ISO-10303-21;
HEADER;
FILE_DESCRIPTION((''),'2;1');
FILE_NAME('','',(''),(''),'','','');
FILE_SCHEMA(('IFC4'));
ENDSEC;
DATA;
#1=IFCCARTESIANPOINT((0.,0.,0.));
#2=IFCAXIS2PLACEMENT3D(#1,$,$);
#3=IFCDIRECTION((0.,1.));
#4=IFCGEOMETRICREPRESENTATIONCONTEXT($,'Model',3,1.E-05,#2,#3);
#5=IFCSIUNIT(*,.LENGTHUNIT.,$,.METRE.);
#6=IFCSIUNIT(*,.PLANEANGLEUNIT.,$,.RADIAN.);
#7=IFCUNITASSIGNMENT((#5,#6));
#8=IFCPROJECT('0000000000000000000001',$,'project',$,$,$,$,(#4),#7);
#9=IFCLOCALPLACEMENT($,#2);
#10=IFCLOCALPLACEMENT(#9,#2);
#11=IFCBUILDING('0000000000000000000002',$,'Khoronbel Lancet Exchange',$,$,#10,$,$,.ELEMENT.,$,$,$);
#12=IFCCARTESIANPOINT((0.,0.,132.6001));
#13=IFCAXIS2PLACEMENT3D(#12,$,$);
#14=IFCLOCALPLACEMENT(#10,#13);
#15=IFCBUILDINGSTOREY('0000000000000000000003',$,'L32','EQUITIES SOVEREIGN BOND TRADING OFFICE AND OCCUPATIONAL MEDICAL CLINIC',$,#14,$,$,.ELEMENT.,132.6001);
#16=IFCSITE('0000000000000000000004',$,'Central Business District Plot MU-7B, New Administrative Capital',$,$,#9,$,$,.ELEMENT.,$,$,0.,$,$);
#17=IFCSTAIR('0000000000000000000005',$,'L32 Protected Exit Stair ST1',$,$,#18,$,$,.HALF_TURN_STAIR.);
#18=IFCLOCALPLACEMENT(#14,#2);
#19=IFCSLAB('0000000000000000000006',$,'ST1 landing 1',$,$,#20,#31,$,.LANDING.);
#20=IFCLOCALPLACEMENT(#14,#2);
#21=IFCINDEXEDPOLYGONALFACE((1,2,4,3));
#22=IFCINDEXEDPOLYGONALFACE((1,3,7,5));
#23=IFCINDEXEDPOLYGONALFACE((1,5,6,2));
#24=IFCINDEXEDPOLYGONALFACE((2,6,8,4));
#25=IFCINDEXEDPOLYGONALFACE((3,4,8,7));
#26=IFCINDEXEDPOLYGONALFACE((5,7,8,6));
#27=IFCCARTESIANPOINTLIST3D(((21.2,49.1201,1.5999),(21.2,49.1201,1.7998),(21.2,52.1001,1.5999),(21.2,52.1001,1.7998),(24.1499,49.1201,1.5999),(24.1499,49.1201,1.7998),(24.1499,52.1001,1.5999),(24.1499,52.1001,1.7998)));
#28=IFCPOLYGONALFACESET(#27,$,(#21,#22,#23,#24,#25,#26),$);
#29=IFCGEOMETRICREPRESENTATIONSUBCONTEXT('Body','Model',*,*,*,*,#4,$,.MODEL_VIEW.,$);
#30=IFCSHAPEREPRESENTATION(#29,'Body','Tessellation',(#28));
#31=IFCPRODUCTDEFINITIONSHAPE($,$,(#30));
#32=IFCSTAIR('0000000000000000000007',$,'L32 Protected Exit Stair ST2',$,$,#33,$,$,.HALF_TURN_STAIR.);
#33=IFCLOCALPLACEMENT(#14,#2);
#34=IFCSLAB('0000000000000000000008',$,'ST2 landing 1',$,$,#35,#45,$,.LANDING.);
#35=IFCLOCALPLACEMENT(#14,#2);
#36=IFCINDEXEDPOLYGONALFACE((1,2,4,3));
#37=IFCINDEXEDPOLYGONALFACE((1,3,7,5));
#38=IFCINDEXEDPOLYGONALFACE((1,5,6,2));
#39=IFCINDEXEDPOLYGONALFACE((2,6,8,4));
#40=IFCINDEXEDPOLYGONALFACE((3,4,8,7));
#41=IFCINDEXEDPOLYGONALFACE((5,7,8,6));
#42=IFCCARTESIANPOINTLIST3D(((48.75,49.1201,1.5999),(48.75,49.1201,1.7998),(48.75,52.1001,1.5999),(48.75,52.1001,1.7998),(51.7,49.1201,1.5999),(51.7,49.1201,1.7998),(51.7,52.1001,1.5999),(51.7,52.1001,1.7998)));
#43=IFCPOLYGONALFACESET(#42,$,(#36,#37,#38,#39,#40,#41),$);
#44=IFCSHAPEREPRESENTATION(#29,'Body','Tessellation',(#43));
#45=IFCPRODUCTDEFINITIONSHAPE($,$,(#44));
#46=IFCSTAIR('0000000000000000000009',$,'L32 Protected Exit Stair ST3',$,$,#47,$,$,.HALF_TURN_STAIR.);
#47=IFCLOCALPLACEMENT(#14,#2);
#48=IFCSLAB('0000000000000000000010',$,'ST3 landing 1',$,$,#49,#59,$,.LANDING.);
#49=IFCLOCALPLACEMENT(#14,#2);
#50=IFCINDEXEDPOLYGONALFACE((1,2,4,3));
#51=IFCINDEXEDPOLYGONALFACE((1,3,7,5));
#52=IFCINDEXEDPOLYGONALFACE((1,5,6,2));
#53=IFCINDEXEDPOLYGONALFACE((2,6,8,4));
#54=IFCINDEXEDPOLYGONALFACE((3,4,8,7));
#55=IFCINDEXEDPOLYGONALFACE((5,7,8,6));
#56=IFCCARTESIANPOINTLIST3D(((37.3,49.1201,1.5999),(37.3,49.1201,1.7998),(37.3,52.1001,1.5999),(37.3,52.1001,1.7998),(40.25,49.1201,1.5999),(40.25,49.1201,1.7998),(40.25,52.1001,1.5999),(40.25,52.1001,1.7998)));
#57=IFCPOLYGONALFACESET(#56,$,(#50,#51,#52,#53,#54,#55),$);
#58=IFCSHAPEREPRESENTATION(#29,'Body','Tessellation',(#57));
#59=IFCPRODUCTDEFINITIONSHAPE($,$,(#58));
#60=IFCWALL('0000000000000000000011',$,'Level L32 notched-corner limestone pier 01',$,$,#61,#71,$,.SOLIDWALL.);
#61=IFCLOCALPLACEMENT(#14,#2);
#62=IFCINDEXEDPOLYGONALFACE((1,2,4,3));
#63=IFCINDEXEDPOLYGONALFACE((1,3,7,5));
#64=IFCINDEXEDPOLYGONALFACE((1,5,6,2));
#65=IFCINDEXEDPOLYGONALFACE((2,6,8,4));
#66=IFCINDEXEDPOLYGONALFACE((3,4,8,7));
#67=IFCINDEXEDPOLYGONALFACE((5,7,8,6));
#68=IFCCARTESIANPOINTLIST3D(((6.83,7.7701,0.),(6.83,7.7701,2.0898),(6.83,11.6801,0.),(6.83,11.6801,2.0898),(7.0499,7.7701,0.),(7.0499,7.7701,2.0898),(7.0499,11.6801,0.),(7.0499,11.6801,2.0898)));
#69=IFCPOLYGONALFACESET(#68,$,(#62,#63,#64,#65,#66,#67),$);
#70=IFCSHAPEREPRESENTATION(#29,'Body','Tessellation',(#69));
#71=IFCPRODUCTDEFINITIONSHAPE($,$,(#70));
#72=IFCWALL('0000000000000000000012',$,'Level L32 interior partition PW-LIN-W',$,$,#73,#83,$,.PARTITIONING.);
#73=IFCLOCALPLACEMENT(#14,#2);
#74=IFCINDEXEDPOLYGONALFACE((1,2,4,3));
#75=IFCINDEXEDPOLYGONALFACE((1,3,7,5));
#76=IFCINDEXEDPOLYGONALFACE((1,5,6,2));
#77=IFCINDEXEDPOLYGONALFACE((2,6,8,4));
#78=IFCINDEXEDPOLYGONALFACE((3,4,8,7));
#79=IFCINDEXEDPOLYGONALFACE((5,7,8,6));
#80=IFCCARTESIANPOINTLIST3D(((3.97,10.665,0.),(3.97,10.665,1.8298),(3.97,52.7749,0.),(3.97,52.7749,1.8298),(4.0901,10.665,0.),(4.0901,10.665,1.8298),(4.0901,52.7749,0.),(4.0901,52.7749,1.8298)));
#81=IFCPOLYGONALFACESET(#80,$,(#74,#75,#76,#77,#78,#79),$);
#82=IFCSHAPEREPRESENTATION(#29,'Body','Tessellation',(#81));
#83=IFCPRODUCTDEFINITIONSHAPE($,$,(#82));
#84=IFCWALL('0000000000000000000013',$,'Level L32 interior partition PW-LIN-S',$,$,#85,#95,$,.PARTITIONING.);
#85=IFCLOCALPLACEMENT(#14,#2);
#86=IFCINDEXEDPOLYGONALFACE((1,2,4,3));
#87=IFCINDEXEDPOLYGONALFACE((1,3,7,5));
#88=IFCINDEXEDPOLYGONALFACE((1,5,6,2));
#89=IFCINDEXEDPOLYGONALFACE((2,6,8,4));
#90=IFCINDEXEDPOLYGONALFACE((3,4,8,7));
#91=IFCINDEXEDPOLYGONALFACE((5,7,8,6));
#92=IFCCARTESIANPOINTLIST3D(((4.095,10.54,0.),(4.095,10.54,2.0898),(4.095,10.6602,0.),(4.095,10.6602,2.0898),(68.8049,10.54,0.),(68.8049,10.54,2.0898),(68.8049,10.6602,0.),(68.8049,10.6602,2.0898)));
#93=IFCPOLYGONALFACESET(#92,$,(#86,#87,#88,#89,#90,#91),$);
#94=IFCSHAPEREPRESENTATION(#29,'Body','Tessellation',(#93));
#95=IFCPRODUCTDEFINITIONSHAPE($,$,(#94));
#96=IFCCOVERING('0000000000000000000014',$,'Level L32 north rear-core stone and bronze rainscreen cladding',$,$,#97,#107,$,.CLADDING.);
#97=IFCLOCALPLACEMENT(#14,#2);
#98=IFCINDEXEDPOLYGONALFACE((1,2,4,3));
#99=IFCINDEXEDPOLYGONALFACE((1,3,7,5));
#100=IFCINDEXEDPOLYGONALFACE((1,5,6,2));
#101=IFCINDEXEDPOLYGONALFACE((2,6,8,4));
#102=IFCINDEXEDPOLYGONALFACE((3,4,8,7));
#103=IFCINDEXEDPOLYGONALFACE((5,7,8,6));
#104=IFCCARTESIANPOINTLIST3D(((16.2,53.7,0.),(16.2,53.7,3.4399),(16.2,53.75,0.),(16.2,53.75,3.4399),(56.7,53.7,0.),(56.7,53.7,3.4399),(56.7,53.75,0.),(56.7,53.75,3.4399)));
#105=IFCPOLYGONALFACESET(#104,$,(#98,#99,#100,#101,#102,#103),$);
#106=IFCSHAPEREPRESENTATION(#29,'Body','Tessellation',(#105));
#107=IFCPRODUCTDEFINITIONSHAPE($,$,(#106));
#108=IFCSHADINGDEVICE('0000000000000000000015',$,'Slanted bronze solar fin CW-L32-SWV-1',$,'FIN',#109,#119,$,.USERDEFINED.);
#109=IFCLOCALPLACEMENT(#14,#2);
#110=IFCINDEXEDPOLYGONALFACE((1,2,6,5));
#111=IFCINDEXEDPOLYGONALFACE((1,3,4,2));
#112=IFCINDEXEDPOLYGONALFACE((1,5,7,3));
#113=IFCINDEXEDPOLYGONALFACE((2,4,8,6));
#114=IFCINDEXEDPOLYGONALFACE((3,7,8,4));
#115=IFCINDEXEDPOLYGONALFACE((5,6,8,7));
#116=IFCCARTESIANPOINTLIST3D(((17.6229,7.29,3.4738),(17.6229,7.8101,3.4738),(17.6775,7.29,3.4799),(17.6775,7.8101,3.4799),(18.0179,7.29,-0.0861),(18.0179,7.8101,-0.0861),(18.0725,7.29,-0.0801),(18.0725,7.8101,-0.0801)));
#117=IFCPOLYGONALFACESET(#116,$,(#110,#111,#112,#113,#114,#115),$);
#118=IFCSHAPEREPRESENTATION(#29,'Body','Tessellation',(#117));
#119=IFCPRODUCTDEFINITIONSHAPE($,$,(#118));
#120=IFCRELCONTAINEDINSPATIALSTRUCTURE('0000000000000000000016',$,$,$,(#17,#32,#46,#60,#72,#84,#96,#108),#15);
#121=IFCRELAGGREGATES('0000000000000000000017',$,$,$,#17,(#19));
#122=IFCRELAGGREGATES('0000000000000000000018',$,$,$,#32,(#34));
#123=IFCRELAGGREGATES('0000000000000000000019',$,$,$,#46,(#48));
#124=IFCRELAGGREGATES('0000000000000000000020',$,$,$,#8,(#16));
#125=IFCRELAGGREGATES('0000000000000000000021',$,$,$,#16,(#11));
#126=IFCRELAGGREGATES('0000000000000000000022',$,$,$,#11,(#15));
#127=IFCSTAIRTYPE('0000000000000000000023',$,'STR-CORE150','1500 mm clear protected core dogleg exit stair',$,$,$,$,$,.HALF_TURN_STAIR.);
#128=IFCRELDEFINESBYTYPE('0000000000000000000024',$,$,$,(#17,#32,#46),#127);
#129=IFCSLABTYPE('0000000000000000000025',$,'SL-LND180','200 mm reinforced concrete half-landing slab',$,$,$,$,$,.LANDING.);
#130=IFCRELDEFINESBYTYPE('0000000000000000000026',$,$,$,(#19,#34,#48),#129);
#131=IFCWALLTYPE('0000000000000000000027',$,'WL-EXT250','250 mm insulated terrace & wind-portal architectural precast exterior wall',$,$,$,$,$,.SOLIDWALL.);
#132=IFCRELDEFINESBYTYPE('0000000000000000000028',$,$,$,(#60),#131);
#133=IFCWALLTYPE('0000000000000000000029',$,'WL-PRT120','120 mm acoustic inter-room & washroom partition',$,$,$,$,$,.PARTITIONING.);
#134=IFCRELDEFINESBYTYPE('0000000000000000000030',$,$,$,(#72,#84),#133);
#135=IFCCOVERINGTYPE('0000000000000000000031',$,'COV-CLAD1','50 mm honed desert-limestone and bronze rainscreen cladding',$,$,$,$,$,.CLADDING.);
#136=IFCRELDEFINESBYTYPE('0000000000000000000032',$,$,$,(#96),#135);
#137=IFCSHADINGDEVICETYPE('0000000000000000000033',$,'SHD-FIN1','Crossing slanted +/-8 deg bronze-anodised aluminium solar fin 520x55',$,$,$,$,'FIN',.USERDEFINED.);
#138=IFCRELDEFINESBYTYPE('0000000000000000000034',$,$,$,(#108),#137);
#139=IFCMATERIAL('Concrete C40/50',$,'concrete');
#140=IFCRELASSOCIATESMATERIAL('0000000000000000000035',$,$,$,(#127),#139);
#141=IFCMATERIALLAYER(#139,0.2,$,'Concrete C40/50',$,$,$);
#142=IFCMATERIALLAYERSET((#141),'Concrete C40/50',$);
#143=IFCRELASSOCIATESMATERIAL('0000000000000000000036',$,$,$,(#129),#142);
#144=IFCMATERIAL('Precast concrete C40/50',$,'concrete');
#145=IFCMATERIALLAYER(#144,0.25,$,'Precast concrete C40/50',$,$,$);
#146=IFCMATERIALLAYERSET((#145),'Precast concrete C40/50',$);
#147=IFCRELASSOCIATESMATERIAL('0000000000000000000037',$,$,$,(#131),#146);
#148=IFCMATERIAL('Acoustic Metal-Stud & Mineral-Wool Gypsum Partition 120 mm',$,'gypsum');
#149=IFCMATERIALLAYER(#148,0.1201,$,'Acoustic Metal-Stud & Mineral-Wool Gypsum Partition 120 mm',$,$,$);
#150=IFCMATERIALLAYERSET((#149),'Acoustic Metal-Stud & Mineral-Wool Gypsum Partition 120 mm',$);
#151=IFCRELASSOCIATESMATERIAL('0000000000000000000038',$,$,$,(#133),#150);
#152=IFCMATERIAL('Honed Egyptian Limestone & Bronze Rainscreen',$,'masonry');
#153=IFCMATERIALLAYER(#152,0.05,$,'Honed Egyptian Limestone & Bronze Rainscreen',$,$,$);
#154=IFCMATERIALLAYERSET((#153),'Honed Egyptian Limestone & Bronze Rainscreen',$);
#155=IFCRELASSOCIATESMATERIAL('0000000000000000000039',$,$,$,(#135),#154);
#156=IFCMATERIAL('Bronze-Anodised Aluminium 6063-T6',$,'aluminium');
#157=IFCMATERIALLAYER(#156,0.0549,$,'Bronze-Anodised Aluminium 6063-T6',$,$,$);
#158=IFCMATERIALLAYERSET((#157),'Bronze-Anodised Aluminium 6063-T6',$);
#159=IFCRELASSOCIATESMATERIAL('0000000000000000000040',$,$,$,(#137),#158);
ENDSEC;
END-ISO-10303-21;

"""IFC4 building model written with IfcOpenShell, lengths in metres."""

from ifc_helpers import new_model, si_unit, direction, frame, frame_2d, origin, place, context, subcontext, project, spatial, polyline, rectangle, outline, extrude, material, layer, layer_set, type_object, element, aggregate, save


model = new_model("IFC4")

# Units and contexts
model_context = context("Model", 3, precision=1e-05, world=origin(), true_north=direction((0.0, 1.0)))
body_context = subcontext(model_context, "Body", "Model", "MODEL_VIEW")
ifc_project = project(units=[si_unit("LENGTHUNIT", "METRE"), si_unit("PLANEANGLEUNIT", "RADIAN")], contexts=[model_context])

# Site, building, storey
site_placement = place(None, origin())
site = spatial("IfcSite", under=ifc_project, at=site_placement, Name="Central Business District Plot MU-7B, New Administrative Capital", CompositionType="ELEMENT", RefElevation=0.0)
building_placement = place(site_placement, origin())
building = spatial("IfcBuilding", under=site, at=building_placement, Name="Khoronbel Lancet Exchange", CompositionType="ELEMENT")
storey_placement = place(building_placement, frame((0.0, 0.0, 132.6001)))
storey = spatial("IfcBuildingStorey", under=building, at=storey_placement, Name="L32", Description="EQUITIES SOVEREIGN BOND TRADING OFFICE AND OCCUPATIONAL MEDICAL CLINIC", CompositionType="ELEMENT", Elevation=132.6001)

# Shared definitions
ifc_material_1 = material(Name="Bronze-Anodised Aluminium 6063-T6", Category="aluminium")

# Shared definitions
ifc_material_2 = material(Name="Concrete C40/50", Category="concrete")

# Stairs, slabs
stair_type = type_object("IfcStairType", Name="STR-CORE150", Description="1500 mm clear protected core dogleg exit stair", PredefinedType="HALF_TURN_STAIR", material=ifc_material_2)
stair_1_placement = place(storey_placement, origin())
stair_1 = element("IfcStair", 1, at=stair_1_placement, inside=storey, type_object=stair_type, Name="L32 Protected Exit Stair ST1", PredefinedType="HALF_TURN_STAIR")
ifc_layer_1 = layer(ifc_material_2, 0.2, Name="Concrete C40/50")
ifc_layer_set_1 = layer_set([ifc_layer_1], Name="Concrete C40/50")
slab_type_1 = type_object("IfcSlabType", Name="SL-LND180", Description="200 mm reinforced concrete half-landing slab", PredefinedType="LANDING", material=ifc_layer_set_1)
slab_1_placement = place(storey_placement, frame((0.0, 0.0, 1.5999)))
slab_1 = element("IfcSlab", 2, at=slab_1_placement, type_object=slab_type_1, Name="ST1 landing 1", PredefinedType="LANDING", context=body_context, shape_type="SweptSolid", body=[
    extrude(outline(polyline([(21.2, 49.1201), (24.1499, 49.1201), (24.1499, 52.1001), (21.2, 52.1001), (21.2, 49.1201)])), origin(), (0.0, 0.0, 1.0), 0.2),
])
aggregate(stair_1, [slab_1])
stair_2_placement = place(storey_placement, origin())
stair_2 = element("IfcStair", 3, at=stair_2_placement, inside=storey, type_object=stair_type, Name="L32 Protected Exit Stair ST2", PredefinedType="HALF_TURN_STAIR")
slab_2_placement = place(storey_placement, frame((0.0, 0.0, 1.5999)))
slab_2 = element("IfcSlab", 4, at=slab_2_placement, type_object=slab_type_1, Name="ST2 landing 1", PredefinedType="LANDING", context=body_context, shape_type="SweptSolid", body=[
    extrude(outline(polyline([(51.7, 52.1001), (48.75, 52.1001), (48.75, 49.1201), (51.7, 49.1201), (51.7, 52.1001)])), origin(), (0.0, 0.0, 1.0), 0.2),
])
aggregate(stair_2, [slab_2])
stair_3_placement = place(storey_placement, origin())
stair_3 = element("IfcStair", 5, at=stair_3_placement, inside=storey, type_object=stair_type, Name="L32 Protected Exit Stair ST3", PredefinedType="HALF_TURN_STAIR")
slab_3_placement = place(storey_placement, frame((0.0, 0.0, 1.5999)))
slab_3 = element("IfcSlab", 6, at=slab_3_placement, type_object=slab_type_1, Name="ST3 landing 1", PredefinedType="LANDING", context=body_context, shape_type="SweptSolid", body=[
    extrude(outline(polyline([(37.3, 49.1201), (40.25, 49.1201), (40.25, 52.1001), (37.3, 52.1001), (37.3, 49.1201)])), origin(), (0.0, 0.0, 1.0), 0.2),
])
aggregate(stair_3, [slab_3])

# Walls
ifc_material_3 = material(Name="Precast concrete C40/50", Category="concrete")
ifc_layer_2 = layer(ifc_material_3, 0.25, Name="Precast concrete C40/50")
ifc_layer_set_2 = layer_set([ifc_layer_2], Name="Precast concrete C40/50")
wall_type_1 = type_object("IfcWallType", Name="WL-EXT250", Description="250 mm insulated terrace & wind-portal architectural precast exterior wall", PredefinedType="SOLIDWALL", material=ifc_layer_set_2)
wall_1_placement = place(storey_placement, frame((6.9399, 7.77, 0.0), z_axis=(0.0, 0.0, 1.0), x_axis=(0.0, 1.0, 0.0)))
element("IfcWall", 7, at=wall_1_placement, inside=storey, type_object=wall_type_1, Name="Level L32 notched-corner limestone pier 01", PredefinedType="SOLIDWALL", context=body_context, shape_type="SweptSolid", body=[
    extrude(rectangle(XDim=3.9099, YDim=0.22, at=frame_2d((1.9551, 0.0))), origin(), (0.0, 0.0, 1.0), 2.0898),
])
ifc_material_4 = material(Name="Acoustic Metal-Stud & Mineral-Wool Gypsum Partition 120 mm", Category="gypsum")
ifc_layer_3 = layer(ifc_material_4, 0.1201, Name="Acoustic Metal-Stud & Mineral-Wool Gypsum Partition 120 mm")
ifc_layer_set_3 = layer_set([ifc_layer_3], Name="Acoustic Metal-Stud & Mineral-Wool Gypsum Partition 120 mm")
wall_type_2 = type_object("IfcWallType", Name="WL-PRT120", Description="120 mm acoustic inter-room & washroom partition", PredefinedType="PARTITIONING", material=ifc_layer_set_3)
wall_2_placement = place(storey_placement, frame((4.03, 10.665, 0.0), z_axis=(0.0, 0.0, 1.0), x_axis=(0.0, 1.0, 0.0)))
element("IfcWall", 8, at=wall_2_placement, inside=storey, type_object=wall_type_2, Name="Level L32 interior partition PW-LIN-W", PredefinedType="PARTITIONING", context=body_context, shape_type="SweptSolid", body=[
    extrude(rectangle(XDim=42.1099, YDim=0.1201, at=frame_2d((21.0549, 0.0))), origin(), (0.0, 0.0, 1.0), 1.8298),
])
wall_3_placement = place(storey_placement, frame((4.095, 10.6001, 0.0), z_axis=(0.0, 0.0, 1.0), x_axis=(1.0, 0.0, 0.0)))
element("IfcWall", 9, at=wall_3_placement, inside=storey, type_object=wall_type_2, Name="Level L32 interior partition PW-LIN-S", PredefinedType="PARTITIONING", context=body_context, shape_type="SweptSolid", body=[
    extrude(rectangle(XDim=64.71, YDim=0.1201, at=frame_2d((32.355, 0.0))), origin(), (0.0, 0.0, 1.0), 2.0898),
])

# Covering
ifc_material_5 = material(Name="Honed Egyptian Limestone & Bronze Rainscreen", Category="masonry")
ifc_layer_4 = layer(ifc_material_5, 0.05, Name="Honed Egyptian Limestone & Bronze Rainscreen")
ifc_layer_set_4 = layer_set([ifc_layer_4], Name="Honed Egyptian Limestone & Bronze Rainscreen")
covering_type = type_object("IfcCoveringType", Name="COV-CLAD1", Description="50 mm honed desert-limestone and bronze rainscreen cladding", PredefinedType="CLADDING", material=ifc_layer_set_4)
covering_placement = place(storey_placement, origin())
element("IfcCovering", 10, at=covering_placement, inside=storey, type_object=covering_type, Name="Level L32 north rear-core stone and bronze rainscreen cladding", PredefinedType="CLADDING", context=body_context, shape_type="SweptSolid", body=[
    extrude(outline(polyline([(16.2, 53.7), (56.7, 53.7), (56.7, 53.75), (16.2, 53.75), (16.2, 53.7)])), origin(), (0.0, 0.0, 1.0), 3.4399),
])

# Shading device
ifc_layer_5 = layer(ifc_material_1, 0.0549, Name="Bronze-Anodised Aluminium 6063-T6")
ifc_layer_set_5 = layer_set([ifc_layer_5], Name="Bronze-Anodised Aluminium 6063-T6")
shading_device_type = type_object("IfcShadingDeviceType", Name="SHD-FIN1", Description="Crossing slanted +/-8 deg bronze-anodised aluminium solar fin 520x55", ElementType="FIN", PredefinedType="USERDEFINED", material=ifc_layer_set_5)
shading_device_placement = place(storey_placement, frame((18.0725, 7.8101, -0.0801), z_axis=(0.9939, 0.0, 0.110282), x_axis=(0.0, -1.0, 0.0)))
element("IfcShadingDevice", 11, at=shading_device_placement, inside=storey, type_object=shading_device_type, Name="Slanted bronze solar fin CW-L32-SWV-1", ObjectType="FIN", PredefinedType="USERDEFINED", context=body_context, shape_type="SweptSolid", body=[
    extrude(outline(polyline([(0.0, 0.0), (0.52, 0.0), (0.52, -3.5818), (0.0, -3.5818), (0.0, 0.0)])), origin(), (0.0, 0.0, -1.0), 0.0549),
])

save(model, "model.ifc")
